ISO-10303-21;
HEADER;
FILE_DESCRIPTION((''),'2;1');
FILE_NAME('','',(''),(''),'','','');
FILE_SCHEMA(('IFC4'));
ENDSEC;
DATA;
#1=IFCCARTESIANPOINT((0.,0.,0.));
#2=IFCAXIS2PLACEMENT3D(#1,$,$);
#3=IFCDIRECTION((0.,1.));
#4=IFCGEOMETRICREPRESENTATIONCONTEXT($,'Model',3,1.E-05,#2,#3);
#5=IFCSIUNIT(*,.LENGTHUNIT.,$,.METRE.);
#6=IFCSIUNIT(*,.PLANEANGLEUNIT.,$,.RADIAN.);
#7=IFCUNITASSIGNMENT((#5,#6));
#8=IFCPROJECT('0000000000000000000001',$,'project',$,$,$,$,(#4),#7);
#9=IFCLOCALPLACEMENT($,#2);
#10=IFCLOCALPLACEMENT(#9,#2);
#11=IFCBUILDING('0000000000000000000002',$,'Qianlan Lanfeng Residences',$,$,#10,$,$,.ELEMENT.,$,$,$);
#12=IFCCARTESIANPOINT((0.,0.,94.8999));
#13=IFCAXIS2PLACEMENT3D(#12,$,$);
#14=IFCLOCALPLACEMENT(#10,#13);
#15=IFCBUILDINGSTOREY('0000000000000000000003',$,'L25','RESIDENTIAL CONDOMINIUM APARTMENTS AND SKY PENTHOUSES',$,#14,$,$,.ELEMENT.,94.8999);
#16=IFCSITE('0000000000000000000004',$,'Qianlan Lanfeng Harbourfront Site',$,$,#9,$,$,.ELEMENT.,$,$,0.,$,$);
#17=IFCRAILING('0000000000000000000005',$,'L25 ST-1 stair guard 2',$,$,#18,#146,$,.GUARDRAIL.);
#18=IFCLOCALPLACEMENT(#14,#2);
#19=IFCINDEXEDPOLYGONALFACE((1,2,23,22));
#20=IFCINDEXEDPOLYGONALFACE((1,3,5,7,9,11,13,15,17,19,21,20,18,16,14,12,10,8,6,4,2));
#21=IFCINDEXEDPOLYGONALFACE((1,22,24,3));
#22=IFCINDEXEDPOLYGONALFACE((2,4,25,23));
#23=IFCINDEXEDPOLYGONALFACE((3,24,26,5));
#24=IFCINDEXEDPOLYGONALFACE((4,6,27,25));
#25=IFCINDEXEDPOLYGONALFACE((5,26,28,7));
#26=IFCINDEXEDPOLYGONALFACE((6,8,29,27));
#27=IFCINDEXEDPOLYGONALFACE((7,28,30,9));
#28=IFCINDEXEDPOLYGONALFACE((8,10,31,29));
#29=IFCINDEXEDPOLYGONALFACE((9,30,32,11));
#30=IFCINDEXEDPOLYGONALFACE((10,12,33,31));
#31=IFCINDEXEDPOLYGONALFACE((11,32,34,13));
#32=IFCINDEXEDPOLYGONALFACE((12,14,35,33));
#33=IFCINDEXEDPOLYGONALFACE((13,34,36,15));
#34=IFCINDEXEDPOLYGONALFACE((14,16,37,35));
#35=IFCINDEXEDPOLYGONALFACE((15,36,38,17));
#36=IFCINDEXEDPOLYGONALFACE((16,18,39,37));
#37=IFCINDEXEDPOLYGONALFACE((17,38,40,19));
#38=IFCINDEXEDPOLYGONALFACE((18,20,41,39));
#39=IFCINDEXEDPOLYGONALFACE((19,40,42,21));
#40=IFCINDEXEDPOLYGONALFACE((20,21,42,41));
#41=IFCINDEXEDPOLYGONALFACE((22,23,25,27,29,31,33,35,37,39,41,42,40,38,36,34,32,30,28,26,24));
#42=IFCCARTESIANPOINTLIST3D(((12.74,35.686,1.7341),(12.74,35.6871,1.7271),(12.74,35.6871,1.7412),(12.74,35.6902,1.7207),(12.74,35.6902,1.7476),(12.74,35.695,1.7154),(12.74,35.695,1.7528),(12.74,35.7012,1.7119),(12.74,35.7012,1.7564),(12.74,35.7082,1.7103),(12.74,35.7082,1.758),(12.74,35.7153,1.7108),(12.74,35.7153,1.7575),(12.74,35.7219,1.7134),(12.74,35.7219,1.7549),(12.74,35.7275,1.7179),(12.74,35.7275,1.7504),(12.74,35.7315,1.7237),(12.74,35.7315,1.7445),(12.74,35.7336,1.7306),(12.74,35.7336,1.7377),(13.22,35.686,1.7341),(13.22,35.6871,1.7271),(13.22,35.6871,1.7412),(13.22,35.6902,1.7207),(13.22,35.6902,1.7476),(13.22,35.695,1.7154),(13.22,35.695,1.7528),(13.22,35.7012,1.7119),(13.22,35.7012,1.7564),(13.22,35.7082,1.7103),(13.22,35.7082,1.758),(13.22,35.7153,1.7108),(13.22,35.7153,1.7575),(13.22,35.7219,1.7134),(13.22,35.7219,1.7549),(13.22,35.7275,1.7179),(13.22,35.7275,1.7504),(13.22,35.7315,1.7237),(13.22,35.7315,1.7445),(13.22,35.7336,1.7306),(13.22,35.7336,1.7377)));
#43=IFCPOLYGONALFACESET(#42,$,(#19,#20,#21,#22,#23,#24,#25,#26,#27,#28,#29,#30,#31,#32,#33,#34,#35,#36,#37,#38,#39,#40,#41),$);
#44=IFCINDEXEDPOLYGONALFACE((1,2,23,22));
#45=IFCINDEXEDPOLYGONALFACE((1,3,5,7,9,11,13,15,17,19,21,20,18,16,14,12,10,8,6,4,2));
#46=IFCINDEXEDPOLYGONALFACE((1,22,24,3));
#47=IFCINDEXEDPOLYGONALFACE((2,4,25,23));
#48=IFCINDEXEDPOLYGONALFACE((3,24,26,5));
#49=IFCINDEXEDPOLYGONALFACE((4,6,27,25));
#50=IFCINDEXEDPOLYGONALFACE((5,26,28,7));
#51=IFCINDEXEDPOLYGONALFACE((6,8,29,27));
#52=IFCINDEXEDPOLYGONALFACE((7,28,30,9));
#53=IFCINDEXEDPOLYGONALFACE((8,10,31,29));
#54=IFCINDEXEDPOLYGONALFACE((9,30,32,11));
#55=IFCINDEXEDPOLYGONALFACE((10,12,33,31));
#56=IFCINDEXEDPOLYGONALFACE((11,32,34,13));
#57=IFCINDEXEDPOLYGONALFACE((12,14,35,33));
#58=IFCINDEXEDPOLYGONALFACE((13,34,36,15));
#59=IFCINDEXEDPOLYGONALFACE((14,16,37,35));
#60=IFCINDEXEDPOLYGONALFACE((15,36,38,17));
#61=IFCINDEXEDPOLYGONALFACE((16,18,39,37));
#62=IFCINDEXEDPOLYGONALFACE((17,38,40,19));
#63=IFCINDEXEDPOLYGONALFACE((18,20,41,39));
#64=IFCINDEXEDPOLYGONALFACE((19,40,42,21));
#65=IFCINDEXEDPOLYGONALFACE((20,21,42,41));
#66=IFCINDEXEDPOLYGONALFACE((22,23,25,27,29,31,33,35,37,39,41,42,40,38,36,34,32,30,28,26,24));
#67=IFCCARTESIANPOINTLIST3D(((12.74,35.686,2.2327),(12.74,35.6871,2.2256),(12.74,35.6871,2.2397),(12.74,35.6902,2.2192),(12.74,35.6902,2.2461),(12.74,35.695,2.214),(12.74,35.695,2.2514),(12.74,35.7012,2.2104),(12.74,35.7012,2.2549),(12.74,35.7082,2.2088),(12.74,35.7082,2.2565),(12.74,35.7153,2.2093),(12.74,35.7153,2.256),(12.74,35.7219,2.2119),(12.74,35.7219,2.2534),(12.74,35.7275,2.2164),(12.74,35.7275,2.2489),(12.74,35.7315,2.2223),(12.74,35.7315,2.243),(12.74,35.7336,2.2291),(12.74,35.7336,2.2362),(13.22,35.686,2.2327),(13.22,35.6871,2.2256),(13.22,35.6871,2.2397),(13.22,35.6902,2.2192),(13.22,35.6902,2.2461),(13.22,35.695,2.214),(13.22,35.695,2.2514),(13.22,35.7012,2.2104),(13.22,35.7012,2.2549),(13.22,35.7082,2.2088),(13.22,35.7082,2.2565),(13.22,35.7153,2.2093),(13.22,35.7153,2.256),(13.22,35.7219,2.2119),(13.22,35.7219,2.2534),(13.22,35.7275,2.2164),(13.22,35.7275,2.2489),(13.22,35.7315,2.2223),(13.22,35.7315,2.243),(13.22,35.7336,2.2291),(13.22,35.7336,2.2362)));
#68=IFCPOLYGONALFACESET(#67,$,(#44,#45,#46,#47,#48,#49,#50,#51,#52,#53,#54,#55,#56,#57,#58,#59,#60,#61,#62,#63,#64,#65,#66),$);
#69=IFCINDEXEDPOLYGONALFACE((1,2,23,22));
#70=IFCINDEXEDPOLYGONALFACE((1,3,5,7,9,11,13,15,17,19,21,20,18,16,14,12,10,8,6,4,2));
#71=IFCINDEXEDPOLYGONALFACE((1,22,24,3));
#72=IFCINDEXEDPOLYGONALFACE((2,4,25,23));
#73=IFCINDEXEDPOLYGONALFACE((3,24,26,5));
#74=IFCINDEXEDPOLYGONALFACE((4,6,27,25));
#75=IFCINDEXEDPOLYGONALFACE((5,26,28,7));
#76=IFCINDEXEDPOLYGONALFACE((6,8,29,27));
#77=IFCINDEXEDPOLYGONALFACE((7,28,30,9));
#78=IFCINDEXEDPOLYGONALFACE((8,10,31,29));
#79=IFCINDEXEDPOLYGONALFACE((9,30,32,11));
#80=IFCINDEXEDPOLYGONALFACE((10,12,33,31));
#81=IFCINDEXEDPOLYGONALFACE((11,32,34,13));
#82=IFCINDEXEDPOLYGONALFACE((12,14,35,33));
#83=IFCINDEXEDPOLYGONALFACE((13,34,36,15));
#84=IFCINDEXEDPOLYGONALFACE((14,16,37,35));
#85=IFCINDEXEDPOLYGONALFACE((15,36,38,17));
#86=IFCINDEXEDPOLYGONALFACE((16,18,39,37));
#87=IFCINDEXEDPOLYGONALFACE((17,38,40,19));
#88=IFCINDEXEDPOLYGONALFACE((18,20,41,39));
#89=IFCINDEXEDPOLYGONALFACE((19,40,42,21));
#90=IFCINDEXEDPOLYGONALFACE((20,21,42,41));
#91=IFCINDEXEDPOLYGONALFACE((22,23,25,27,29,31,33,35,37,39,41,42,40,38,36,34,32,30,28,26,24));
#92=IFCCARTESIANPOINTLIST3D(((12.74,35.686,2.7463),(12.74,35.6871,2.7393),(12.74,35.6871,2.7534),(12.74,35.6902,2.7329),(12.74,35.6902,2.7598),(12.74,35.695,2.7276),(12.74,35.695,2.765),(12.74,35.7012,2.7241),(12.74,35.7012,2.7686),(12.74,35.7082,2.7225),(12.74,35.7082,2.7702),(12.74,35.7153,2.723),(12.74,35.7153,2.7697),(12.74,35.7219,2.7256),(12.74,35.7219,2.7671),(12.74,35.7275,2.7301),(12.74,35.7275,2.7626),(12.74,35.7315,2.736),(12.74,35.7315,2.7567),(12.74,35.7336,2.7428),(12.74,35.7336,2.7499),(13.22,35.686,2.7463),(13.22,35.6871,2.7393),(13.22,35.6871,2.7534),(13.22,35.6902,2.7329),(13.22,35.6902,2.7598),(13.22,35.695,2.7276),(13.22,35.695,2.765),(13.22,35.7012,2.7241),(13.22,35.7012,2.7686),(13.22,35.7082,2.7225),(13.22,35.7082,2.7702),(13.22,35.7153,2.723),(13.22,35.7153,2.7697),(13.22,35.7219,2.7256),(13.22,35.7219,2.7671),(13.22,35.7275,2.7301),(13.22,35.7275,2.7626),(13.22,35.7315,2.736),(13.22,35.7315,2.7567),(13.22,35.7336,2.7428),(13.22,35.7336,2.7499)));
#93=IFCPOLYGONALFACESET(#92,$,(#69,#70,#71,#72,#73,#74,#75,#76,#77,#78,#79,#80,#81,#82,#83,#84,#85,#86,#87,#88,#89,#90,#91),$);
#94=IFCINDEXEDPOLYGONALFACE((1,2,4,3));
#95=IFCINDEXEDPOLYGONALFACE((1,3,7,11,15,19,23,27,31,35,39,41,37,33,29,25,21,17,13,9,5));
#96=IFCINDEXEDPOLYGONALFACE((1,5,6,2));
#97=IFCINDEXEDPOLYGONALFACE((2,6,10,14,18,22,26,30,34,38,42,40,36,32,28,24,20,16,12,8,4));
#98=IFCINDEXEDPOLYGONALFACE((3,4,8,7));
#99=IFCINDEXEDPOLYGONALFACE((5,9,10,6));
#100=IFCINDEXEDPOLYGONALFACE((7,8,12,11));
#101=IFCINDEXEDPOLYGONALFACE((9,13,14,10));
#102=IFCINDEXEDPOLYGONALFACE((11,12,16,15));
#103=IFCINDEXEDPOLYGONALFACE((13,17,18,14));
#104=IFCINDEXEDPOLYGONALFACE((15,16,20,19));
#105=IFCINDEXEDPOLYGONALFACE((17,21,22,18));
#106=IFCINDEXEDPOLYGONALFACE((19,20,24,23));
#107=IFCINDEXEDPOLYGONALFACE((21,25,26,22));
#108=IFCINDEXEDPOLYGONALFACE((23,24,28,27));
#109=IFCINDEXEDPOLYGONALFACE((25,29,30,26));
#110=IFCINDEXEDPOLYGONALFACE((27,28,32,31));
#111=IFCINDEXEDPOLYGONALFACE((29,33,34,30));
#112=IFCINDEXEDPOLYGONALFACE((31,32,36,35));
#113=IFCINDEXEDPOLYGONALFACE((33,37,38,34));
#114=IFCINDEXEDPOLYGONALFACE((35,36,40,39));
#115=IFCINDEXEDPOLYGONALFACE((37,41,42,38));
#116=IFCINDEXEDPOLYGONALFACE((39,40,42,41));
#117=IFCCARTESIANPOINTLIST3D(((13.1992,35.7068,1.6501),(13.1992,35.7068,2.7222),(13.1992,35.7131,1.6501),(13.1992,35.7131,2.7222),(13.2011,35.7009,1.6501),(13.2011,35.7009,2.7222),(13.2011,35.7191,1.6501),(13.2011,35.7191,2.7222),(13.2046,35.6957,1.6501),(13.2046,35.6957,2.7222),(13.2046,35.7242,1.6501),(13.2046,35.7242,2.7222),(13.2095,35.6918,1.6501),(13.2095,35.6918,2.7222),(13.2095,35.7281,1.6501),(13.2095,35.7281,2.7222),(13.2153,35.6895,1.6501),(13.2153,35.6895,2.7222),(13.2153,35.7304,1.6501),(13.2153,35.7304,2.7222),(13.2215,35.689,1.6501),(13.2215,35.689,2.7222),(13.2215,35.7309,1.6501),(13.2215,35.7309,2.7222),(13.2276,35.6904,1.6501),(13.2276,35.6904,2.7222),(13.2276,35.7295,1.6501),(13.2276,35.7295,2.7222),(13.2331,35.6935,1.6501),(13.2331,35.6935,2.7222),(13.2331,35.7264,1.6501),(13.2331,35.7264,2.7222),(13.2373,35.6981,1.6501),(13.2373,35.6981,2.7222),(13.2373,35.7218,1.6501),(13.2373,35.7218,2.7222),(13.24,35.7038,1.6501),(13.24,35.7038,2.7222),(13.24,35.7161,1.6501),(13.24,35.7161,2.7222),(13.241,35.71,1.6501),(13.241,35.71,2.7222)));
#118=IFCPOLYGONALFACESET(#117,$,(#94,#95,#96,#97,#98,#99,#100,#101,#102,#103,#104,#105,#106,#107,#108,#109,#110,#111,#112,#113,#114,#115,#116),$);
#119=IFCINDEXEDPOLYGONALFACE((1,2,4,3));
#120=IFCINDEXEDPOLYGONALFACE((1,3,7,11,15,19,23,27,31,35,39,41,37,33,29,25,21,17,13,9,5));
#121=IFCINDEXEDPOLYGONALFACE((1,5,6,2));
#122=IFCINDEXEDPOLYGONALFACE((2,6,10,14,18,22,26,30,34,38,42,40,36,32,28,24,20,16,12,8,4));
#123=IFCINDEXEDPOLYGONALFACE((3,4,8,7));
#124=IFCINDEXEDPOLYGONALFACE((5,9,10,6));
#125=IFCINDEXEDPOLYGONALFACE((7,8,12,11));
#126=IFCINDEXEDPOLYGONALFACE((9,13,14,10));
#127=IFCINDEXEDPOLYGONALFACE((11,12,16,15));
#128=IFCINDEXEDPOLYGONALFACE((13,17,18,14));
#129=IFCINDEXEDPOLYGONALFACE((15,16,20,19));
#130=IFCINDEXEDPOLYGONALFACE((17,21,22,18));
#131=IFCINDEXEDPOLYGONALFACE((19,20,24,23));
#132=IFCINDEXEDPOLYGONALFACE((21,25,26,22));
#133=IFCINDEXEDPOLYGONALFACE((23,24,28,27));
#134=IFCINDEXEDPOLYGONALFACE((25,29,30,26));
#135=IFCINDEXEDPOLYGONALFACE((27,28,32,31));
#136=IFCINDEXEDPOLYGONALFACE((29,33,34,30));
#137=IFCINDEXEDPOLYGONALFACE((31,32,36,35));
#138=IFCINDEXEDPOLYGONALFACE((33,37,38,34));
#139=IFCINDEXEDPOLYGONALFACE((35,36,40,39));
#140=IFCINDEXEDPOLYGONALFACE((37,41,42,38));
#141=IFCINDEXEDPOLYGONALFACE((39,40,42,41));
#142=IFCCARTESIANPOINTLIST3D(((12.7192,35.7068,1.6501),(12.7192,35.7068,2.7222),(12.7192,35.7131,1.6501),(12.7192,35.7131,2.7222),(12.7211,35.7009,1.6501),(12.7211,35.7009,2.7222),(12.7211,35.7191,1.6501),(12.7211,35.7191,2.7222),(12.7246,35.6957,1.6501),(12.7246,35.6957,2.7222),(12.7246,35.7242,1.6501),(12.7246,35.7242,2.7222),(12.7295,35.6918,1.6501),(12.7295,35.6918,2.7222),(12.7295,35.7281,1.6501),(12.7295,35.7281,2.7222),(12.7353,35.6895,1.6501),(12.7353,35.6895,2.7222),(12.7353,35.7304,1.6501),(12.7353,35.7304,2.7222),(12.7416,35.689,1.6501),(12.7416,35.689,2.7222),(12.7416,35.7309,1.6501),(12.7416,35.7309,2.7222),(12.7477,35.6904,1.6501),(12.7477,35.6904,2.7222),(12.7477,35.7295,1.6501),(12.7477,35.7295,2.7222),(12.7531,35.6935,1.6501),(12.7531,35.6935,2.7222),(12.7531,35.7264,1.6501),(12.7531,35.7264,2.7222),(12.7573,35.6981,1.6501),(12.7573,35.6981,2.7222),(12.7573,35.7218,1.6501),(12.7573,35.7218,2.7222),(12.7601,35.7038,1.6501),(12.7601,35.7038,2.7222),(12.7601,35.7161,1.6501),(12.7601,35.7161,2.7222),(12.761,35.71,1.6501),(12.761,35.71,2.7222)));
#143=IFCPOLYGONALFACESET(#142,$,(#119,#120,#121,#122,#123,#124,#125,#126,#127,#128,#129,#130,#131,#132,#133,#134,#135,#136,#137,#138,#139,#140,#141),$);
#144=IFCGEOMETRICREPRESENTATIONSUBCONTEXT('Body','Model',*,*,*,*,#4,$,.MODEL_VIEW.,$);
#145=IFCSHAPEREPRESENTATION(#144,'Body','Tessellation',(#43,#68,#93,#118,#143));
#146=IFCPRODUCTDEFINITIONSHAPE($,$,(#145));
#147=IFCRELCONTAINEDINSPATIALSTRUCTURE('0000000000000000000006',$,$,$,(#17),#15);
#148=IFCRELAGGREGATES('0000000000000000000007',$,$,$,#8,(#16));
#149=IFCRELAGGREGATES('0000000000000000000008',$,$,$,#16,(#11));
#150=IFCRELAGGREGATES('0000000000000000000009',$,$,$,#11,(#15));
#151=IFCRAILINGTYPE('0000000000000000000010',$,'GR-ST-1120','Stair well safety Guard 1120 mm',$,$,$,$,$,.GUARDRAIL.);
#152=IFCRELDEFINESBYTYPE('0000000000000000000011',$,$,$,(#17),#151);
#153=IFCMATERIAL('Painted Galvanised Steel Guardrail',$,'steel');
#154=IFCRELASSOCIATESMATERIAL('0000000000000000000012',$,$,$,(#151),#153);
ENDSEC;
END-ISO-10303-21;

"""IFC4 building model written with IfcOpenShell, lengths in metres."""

from ifc_helpers import new_model, si_unit, direction, frame, origin, origin_2d, place, context, subcontext, project, spatial, circle, extrude, material, type_object, element, save


model = new_model("IFC4")

# Units and contexts
model_context = context("Model", 3, precision=1e-05, world=origin(), true_north=direction((0.0, 1.0)))
body_context = subcontext(model_context, "Body", "Model", "MODEL_VIEW")
ifc_project = project(units=[si_unit("LENGTHUNIT", "METRE"), si_unit("PLANEANGLEUNIT", "RADIAN")], contexts=[model_context])

# Site, building, storey
site_placement = place(None, origin())
site = spatial("IfcSite", under=ifc_project, at=site_placement, Name="Qianlan Lanfeng Harbourfront Site", CompositionType="ELEMENT", RefElevation=0.0)
building_placement = place(site_placement, origin())
building = spatial("IfcBuilding", under=site, at=building_placement, Name="Qianlan Lanfeng Residences", CompositionType="ELEMENT")
storey_placement = place(building_placement, frame((0.0, 0.0, 94.8999)))
storey = spatial("IfcBuildingStorey", under=building, at=storey_placement, Name="L25", Description="RESIDENTIAL CONDOMINIUM APARTMENTS AND SKY PENTHOUSES", CompositionType="ELEMENT", Elevation=94.8999)

# Railing
ifc_material_1 = material(Name="Painted Galvanised Steel Guardrail", Category="steel")
railing_type_1 = type_object("IfcRailingType", Name="GR-ST-1120", Description="Stair well safety Guard 1120 mm", PredefinedType="GUARDRAIL", material=ifc_material_1)
railing_1_placement = place(storey_placement, frame((13.22, 35.71, 1.6501)))
element("IfcRailing", 1, at=railing_1_placement, inside=storey, type_object=railing_type_1, Name="L25 ST-1 stair guard 2", PredefinedType="GUARDRAIL", context=body_context, shape_type="SweptSolid", body=[
    extrude(circle(Radius=0.0239, at=origin_2d()), frame((0.0, 0.0, 0.084), z_axis=(-1.0, 0.0, 0.0), x_axis=(0.0, -1.0, 0.0)), (0.0, 0.0, 1.0), 0.48),
    extrude(circle(Radius=0.0239, at=origin_2d()), frame((0.0, 0.0, 0.5825), z_axis=(-1.0, 0.0, 0.0), x_axis=(0.0, -1.0, 0.0)), (0.0, 0.0, 1.0), 0.48),
    extrude(circle(Radius=0.0239, at=origin_2d()), frame((0.0, 0.0, 1.0962), z_axis=(-1.0, 0.0, 0.0), x_axis=(0.0, -1.0, 0.0)), (0.0, 0.0, 1.0), 0.48),
    extrude(circle(Radius=0.021, at=origin_2d()), origin(), (0.0, 0.0, 1.0), 1.072),
    extrude(circle(Radius=0.021, at=origin_2d()), frame((-0.48, 0.0, 0.0)), (0.0, 0.0, 1.0), 1.072),
])

save(model, "model.ifc")
